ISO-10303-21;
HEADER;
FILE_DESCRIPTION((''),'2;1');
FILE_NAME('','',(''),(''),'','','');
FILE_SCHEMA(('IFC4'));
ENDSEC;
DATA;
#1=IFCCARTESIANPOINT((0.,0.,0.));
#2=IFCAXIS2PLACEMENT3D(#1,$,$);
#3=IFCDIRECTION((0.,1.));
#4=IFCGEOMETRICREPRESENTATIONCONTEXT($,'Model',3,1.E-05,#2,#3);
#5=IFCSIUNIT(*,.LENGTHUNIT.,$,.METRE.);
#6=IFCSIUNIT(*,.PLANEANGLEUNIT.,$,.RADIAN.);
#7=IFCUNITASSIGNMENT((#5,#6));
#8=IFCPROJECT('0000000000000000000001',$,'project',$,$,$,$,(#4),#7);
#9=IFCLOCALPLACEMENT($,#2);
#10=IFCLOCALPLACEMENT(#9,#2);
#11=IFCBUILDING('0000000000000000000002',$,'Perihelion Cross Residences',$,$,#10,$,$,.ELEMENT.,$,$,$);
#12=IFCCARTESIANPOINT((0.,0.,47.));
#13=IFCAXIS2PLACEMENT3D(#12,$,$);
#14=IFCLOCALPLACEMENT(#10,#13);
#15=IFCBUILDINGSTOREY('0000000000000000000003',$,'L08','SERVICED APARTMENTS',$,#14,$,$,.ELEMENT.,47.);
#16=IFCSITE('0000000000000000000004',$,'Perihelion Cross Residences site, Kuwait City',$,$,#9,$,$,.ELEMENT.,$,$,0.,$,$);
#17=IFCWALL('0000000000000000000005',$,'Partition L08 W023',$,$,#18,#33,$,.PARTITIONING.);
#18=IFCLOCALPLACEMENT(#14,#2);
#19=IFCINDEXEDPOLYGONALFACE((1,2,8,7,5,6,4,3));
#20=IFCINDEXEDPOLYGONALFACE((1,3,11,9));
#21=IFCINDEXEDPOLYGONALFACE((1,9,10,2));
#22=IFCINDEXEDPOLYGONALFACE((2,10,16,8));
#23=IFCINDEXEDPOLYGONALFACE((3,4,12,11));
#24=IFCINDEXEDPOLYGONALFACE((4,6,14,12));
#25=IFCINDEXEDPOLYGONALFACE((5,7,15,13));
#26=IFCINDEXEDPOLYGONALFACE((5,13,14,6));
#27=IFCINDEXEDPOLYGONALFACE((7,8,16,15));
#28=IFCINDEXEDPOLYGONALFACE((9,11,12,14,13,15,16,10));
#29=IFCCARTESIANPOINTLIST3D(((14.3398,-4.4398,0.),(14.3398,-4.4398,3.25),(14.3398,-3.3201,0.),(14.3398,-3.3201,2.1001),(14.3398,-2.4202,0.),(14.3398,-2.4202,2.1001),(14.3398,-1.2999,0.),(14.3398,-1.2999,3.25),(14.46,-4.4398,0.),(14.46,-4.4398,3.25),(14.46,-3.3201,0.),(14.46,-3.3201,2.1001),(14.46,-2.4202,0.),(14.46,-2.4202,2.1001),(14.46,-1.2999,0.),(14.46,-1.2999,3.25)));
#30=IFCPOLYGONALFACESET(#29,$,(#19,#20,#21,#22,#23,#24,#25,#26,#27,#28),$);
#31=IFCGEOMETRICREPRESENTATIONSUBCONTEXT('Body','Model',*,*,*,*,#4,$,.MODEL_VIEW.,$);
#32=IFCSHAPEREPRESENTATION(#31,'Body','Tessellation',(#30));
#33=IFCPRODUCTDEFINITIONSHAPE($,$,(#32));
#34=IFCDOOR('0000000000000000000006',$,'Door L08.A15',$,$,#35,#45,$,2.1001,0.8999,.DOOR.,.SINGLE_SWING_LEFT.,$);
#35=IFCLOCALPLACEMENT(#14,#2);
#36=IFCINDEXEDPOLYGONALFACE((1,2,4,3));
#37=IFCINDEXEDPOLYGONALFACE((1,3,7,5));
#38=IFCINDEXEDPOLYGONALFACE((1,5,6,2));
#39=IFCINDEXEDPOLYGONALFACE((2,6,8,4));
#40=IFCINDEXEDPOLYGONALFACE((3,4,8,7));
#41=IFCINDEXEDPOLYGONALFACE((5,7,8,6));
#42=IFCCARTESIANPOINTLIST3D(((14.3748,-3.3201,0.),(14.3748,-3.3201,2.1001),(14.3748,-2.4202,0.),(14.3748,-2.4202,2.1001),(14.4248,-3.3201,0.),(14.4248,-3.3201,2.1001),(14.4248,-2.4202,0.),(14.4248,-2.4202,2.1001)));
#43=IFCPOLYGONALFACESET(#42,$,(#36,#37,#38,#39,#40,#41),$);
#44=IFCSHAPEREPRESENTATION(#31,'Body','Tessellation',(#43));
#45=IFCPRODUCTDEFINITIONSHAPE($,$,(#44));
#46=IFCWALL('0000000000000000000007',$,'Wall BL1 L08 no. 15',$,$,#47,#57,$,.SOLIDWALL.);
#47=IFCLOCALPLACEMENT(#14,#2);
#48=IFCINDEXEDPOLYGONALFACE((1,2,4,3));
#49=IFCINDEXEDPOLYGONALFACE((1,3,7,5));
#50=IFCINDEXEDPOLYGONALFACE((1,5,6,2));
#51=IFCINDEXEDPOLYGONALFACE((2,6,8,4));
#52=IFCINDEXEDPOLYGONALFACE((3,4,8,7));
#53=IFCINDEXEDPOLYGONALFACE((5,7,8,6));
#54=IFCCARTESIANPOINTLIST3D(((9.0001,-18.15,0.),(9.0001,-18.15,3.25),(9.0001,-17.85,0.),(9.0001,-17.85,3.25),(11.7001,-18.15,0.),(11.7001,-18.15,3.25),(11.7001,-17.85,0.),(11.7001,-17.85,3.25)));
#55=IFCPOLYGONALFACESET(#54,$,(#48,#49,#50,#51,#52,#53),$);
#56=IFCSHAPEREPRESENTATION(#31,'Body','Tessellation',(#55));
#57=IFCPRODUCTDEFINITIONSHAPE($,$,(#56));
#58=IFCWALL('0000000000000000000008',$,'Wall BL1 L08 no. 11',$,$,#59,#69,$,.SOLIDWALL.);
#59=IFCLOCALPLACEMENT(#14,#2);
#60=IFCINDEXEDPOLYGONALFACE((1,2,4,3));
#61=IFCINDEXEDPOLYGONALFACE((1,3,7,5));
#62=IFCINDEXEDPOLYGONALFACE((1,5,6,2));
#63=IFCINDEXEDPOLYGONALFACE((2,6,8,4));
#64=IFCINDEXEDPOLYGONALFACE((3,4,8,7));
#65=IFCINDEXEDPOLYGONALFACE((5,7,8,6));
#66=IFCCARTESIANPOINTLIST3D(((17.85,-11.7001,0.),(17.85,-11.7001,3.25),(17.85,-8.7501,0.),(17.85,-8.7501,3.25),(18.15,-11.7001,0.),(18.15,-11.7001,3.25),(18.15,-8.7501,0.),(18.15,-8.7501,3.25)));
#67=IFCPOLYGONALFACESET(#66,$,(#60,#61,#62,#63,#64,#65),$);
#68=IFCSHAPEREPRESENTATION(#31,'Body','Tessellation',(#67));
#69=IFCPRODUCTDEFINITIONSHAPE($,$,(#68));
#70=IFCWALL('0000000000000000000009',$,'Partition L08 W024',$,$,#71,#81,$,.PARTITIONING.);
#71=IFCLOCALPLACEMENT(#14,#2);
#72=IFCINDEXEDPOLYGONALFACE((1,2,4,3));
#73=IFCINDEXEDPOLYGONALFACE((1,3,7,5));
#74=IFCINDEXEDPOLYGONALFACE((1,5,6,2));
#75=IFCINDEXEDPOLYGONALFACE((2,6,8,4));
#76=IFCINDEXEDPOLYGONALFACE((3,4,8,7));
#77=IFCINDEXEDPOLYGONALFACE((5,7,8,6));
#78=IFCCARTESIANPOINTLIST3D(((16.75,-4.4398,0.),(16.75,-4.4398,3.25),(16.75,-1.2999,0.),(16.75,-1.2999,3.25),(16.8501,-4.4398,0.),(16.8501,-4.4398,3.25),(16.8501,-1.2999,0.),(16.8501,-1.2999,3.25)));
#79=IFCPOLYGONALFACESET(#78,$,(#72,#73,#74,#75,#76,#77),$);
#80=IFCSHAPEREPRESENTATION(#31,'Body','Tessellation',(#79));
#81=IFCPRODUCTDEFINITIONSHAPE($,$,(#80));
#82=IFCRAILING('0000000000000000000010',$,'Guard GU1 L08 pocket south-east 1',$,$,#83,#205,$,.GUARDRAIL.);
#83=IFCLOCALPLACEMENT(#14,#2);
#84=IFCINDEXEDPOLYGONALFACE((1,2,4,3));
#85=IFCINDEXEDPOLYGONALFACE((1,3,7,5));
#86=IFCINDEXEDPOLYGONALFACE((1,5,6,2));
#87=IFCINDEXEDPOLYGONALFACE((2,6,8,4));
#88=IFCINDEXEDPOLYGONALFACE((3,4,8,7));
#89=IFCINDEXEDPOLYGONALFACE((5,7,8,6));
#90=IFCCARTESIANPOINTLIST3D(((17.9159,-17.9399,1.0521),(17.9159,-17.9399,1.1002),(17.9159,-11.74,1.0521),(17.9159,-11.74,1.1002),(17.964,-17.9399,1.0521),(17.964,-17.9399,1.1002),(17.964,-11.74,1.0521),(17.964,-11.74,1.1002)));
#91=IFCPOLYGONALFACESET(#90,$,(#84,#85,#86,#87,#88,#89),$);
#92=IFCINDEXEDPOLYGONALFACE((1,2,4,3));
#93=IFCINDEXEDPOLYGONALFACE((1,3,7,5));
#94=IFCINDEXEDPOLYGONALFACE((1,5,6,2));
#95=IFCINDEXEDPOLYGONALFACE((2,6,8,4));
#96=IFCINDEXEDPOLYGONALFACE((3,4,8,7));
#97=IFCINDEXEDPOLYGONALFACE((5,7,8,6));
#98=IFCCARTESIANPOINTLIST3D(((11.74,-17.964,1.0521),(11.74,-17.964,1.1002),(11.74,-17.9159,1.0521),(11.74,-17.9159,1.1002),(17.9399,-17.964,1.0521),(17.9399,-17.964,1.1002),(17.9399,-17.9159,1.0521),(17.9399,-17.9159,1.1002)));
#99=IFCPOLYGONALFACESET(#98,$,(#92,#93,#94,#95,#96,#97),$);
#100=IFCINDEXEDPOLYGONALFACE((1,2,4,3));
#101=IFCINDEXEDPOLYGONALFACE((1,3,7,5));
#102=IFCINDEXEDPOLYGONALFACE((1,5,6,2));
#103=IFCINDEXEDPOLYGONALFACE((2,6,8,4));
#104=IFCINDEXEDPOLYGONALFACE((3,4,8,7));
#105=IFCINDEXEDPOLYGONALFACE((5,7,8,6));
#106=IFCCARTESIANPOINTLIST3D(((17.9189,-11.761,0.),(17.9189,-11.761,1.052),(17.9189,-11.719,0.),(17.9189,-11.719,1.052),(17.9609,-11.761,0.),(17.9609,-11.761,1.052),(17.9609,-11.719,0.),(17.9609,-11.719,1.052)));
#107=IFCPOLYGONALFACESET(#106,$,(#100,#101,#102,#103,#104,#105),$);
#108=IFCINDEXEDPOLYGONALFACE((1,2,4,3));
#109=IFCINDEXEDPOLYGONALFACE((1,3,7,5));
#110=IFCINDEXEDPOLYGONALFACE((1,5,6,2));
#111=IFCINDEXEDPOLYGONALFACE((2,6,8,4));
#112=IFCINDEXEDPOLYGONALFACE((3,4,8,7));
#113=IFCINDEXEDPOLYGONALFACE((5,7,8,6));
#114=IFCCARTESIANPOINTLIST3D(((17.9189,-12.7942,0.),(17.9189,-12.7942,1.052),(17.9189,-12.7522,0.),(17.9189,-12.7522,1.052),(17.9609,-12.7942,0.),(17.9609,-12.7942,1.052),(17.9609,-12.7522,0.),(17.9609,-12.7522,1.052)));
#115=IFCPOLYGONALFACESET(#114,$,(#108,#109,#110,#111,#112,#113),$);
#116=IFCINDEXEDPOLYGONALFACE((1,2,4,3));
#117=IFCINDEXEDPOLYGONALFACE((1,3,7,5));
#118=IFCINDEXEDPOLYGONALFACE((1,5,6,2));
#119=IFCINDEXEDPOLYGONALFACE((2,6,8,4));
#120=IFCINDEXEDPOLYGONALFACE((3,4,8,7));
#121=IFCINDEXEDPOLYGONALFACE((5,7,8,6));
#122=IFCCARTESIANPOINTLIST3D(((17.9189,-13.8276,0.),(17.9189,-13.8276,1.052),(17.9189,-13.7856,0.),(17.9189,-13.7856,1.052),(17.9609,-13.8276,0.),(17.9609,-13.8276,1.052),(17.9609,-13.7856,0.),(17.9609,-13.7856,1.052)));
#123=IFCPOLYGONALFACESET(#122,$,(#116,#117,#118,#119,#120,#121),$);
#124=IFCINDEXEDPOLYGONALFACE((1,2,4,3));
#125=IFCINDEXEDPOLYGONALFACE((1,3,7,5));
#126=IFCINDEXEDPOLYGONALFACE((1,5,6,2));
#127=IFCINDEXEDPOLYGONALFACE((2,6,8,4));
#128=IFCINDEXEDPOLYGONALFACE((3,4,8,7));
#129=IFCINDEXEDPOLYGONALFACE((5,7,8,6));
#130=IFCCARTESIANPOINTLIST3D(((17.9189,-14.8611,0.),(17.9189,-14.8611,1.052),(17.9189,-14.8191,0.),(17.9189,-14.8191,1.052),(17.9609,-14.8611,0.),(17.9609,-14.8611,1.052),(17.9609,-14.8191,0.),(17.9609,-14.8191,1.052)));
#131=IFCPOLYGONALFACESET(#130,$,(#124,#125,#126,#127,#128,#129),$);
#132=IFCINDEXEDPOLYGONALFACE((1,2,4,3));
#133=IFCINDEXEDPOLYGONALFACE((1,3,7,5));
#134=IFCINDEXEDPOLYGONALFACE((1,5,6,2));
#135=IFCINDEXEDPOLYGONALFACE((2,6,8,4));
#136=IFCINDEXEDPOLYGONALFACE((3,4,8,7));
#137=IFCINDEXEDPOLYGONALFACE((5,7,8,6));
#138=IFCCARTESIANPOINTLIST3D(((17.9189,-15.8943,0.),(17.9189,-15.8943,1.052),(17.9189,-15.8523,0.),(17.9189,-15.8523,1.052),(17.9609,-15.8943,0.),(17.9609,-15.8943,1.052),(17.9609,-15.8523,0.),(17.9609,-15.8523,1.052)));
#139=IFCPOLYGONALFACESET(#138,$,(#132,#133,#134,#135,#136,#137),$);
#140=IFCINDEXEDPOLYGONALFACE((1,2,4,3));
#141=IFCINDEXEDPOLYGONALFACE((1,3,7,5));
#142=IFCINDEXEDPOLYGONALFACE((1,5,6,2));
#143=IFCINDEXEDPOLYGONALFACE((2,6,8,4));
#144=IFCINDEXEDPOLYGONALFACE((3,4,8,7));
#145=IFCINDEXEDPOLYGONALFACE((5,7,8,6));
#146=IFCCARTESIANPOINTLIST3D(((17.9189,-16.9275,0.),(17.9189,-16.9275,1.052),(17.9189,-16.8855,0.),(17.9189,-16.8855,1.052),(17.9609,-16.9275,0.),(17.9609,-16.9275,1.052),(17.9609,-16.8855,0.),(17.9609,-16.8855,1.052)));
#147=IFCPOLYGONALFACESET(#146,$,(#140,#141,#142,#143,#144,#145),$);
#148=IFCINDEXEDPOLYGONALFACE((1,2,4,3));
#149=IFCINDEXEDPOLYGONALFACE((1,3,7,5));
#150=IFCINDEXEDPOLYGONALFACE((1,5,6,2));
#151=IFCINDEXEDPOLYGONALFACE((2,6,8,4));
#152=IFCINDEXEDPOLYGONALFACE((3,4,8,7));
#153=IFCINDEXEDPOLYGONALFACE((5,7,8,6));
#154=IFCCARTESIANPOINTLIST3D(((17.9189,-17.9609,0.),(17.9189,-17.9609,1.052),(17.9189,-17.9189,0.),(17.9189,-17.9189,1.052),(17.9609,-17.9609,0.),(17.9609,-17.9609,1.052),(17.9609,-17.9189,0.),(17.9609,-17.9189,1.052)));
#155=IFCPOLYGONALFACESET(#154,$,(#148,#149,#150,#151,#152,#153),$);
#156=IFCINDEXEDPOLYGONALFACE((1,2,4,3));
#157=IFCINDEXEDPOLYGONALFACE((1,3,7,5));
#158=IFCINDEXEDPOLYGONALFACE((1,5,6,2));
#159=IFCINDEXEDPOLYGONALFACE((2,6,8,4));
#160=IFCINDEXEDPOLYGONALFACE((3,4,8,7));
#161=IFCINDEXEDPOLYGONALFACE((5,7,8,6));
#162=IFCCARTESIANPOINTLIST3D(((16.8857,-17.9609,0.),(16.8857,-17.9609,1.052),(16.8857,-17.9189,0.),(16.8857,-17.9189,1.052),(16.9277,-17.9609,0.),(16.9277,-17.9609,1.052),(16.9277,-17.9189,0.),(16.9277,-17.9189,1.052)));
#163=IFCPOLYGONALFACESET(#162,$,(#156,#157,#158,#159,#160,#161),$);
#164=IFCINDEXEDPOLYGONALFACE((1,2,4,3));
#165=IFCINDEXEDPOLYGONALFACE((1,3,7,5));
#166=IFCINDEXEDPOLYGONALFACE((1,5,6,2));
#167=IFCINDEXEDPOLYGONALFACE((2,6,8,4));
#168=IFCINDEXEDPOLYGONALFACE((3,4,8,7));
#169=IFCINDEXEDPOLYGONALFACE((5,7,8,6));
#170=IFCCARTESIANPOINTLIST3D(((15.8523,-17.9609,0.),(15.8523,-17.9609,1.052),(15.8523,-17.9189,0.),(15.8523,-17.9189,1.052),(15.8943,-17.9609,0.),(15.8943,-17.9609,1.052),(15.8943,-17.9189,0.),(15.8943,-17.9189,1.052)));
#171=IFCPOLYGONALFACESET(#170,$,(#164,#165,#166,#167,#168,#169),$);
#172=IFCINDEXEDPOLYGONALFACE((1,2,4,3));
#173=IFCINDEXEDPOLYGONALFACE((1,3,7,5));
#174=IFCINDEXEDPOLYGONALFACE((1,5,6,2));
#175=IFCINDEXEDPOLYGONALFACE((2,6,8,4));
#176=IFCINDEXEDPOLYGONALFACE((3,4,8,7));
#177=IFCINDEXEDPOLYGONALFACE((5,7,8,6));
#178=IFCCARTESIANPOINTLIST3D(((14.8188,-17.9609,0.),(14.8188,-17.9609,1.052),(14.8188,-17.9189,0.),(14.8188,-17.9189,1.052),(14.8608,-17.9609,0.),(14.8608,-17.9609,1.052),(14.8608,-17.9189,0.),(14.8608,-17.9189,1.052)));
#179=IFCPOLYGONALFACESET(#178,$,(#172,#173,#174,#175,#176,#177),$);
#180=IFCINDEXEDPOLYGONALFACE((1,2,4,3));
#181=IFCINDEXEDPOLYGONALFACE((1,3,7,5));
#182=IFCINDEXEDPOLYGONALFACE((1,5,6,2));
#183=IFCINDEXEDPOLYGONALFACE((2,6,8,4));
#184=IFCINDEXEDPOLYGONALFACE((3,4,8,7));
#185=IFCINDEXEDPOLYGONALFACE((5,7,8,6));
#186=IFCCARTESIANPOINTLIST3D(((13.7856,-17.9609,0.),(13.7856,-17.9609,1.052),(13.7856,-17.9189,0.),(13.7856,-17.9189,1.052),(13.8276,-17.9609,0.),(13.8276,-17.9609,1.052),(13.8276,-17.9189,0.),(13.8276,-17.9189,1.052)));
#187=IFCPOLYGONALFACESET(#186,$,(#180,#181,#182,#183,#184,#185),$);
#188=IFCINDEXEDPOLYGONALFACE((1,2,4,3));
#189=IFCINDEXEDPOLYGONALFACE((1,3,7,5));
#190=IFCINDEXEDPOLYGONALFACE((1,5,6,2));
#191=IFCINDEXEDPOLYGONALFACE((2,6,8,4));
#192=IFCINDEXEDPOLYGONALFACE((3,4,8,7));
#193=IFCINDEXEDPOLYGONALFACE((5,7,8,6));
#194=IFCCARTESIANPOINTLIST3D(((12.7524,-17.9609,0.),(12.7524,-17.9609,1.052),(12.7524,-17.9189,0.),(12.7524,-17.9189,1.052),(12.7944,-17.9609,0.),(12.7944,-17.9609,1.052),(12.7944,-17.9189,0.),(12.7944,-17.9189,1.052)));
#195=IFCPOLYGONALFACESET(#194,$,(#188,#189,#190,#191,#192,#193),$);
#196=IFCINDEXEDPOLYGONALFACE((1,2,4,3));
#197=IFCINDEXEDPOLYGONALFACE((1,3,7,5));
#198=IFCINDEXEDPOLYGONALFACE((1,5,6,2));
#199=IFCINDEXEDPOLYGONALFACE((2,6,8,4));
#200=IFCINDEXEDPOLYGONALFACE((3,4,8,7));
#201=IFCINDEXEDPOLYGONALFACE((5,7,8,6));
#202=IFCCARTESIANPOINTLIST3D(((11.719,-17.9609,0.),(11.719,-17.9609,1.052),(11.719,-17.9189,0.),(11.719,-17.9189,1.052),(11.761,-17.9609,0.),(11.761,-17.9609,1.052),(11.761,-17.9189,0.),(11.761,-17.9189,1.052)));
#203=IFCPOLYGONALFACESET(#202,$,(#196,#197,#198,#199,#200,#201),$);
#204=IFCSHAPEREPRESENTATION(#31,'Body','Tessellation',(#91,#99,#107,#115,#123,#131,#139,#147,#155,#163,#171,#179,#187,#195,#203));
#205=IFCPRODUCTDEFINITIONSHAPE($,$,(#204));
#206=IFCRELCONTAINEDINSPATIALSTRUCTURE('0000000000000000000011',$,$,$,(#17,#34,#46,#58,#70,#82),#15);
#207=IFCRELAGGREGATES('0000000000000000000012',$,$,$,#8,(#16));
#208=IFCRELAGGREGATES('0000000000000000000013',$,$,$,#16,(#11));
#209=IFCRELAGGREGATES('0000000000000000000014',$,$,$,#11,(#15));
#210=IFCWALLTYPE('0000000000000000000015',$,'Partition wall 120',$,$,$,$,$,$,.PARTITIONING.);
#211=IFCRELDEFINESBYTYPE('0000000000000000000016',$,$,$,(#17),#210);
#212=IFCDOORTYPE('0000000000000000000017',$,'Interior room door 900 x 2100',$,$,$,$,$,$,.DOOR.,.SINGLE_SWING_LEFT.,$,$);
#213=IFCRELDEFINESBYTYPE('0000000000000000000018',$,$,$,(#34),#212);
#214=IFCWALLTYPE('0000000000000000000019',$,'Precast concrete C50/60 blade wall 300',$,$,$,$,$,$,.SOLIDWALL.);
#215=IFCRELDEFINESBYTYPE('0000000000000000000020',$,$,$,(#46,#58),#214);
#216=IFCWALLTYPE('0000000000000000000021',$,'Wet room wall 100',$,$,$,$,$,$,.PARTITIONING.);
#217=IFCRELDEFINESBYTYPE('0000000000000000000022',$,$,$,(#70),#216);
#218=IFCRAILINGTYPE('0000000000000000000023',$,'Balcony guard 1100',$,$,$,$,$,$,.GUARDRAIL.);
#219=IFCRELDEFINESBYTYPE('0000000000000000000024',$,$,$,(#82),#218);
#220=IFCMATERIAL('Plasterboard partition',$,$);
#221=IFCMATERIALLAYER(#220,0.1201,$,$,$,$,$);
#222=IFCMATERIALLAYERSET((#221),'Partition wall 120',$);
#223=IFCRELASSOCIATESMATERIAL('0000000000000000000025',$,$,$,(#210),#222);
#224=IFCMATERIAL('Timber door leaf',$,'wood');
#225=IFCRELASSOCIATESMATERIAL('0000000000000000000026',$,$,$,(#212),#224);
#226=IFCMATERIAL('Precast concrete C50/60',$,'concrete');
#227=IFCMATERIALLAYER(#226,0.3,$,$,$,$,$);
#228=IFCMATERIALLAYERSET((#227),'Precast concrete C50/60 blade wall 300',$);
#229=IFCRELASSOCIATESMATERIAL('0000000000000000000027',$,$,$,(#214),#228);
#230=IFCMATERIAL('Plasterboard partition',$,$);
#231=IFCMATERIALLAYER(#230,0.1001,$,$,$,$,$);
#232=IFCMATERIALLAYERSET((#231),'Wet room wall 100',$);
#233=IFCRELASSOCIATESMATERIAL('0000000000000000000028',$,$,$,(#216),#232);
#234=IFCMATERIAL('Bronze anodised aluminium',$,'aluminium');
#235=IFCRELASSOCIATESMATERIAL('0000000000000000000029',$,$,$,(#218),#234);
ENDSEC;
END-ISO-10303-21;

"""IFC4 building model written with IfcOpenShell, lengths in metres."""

from ifc_helpers import new_model, si_unit, direction, frame, frame_2d, origin, origin_2d, place, context, subcontext, project, spatial, rectangle, extrude, material, layer, layer_set, type_object, element, fill, save


model = new_model("IFC4")

# Units and contexts
model_context = context("Model", 3, precision=1e-05, world=origin(), true_north=direction((0.0, 1.0)))
body_context = subcontext(model_context, "Body", "Model", "MODEL_VIEW")
ifc_project = project(units=[si_unit("LENGTHUNIT", "METRE"), si_unit("PLANEANGLEUNIT", "RADIAN")], contexts=[model_context])

# Site, building, storey
site_placement = place(None, origin())
site = spatial("IfcSite", under=ifc_project, at=site_placement, Name="Perihelion Cross Residences site, Kuwait City", CompositionType="ELEMENT", RefElevation=0.0)
building_placement = place(site_placement, origin())
building = spatial("IfcBuilding", under=site, at=building_placement, Name="Perihelion Cross Residences", CompositionType="ELEMENT")
storey_placement = place(building_placement, frame((0.0, 0.0, 47.0)))
storey = spatial("IfcBuildingStorey", under=building, at=storey_placement, Name="L08", Description="SERVICED APARTMENTS", CompositionType="ELEMENT", Elevation=47.0)

# Wall, opening, door
ifc_material_1 = material(Name="Plasterboard partition")
ifc_layer_1 = layer(ifc_material_1, 0.1201)
ifc_layer_set_1 = layer_set([ifc_layer_1], Name="Partition wall 120")
wall_type_1 = type_object("IfcWallType", Name="Partition wall 120", PredefinedType="PARTITIONING", material=ifc_layer_set_1)
ifc_material_2 = material(Name="Timber door leaf", Category="wood")
door_type_1 = type_object("IfcDoorType", Name="Interior room door 900 x 2100", OperationType="SINGLE_SWING_LEFT", PredefinedType="DOOR", material=ifc_material_2)
wall_1_placement = place(storey_placement, frame((14.3999, -1.3, 0.0), z_axis=(0.0, 0.0, 1.0), x_axis=(0.0, -1.0, 0.0)))
wall_1 = element("IfcWall", 1, at=wall_1_placement, inside=storey, type_object=wall_type_1, Name="Partition L08 W023", PredefinedType="PARTITIONING", context=body_context, shape_type="SweptSolid", body=[
    extrude(rectangle(XDim=3.1399, YDim=0.1201, at=frame_2d((1.5698, 0.0))), origin(), (0.0, 0.0, 1.0), 3.25),
])
opening_1_placement = place(wall_1_placement, frame((1.1201, 0.0, 0.0)))
opening_1 = element("IfcOpeningElement", 2, at=opening_1_placement, cuts=wall_1, PredefinedType="OPENING", context=body_context, shape_type="SweptSolid", body=[
    extrude(rectangle(XDim=0.8999, YDim=2.1001, at=frame_2d((0.45, 1.05))), frame((0.0, 0.0701, 0.0), z_axis=(0.0, -1.0, 0.0), x_axis=(1.0, 0.0, 0.0)), (0.0, 0.0, 1.0), 0.1401),
])
door_1_placement = place(opening_1_placement, origin())
door_1 = element("IfcDoor", 3, at=door_1_placement, inside=storey, type_object=door_type_1, Name="Door L08.A15", OperationType="SINGLE_SWING_LEFT", OverallHeight=2.1001, OverallWidth=0.8999, PredefinedType="DOOR", context=body_context, shape_type="SweptSolid", body=[
    extrude(rectangle(XDim=0.8999, YDim=2.1001, at=frame_2d((0.45, 1.05))), frame((0.0, 0.0249, 0.0), z_axis=(0.0, -1.0, 0.0), x_axis=(1.0, 0.0, 0.0)), (0.0, 0.0, 1.0), 0.05),
])
fill(opening_1, door_1)

# Walls
ifc_material_3 = material(Name="Precast concrete C50/60", Category="concrete")
ifc_layer_2 = layer(ifc_material_3, 0.3)
ifc_layer_set_2 = layer_set([ifc_layer_2], Name="Precast concrete C50/60 blade wall 300")
wall_type_2 = type_object("IfcWallType", Name="Precast concrete C50/60 blade wall 300", PredefinedType="SOLIDWALL", material=ifc_layer_set_2)
wall_2_placement = place(storey_placement, frame((9.0, -18.0, 0.0), z_axis=(0.0, 0.0, 1.0), x_axis=(1.0, 0.0, 0.0)))
element("IfcWall", 4, at=wall_2_placement, inside=storey, type_object=wall_type_2, Name="Wall BL1 L08 no. 15", PredefinedType="SOLIDWALL", context=body_context, shape_type="SweptSolid", body=[
    extrude(rectangle(XDim=2.7, YDim=0.3, at=frame_2d((1.3501, 0.0))), origin(), (0.0, 0.0, 1.0), 3.25),
])
wall_3_placement = place(storey_placement, frame((18.0, -8.75, 0.0), z_axis=(0.0, 0.0, 1.0), x_axis=(0.0, -1.0, 0.0)))
element("IfcWall", 5, at=wall_3_placement, inside=storey, type_object=wall_type_2, Name="Wall BL1 L08 no. 11", PredefinedType="SOLIDWALL", context=body_context, shape_type="SweptSolid", body=[
    extrude(rectangle(XDim=2.95, YDim=0.3, at=frame_2d((1.4751, 0.0))), origin(), (0.0, 0.0, 1.0), 3.25),
])
ifc_material_4 = material(Name="Plasterboard partition")
ifc_layer_3 = layer(ifc_material_4, 0.1001)
ifc_layer_set_3 = layer_set([ifc_layer_3], Name="Wet room wall 100")
wall_type_3 = type_object("IfcWallType", Name="Wet room wall 100", PredefinedType="PARTITIONING", material=ifc_layer_set_3)
wall_4_placement = place(storey_placement, frame((16.8, -1.3, 0.0), z_axis=(0.0, 0.0, 1.0), x_axis=(0.0, -1.0, 0.0)))
element("IfcWall", 6, at=wall_4_placement, inside=storey, type_object=wall_type_3, Name="Partition L08 W024", PredefinedType="PARTITIONING", context=body_context, shape_type="SweptSolid", body=[
    extrude(rectangle(XDim=3.1399, YDim=0.1001, at=frame_2d((1.5698, 0.0))), origin(), (0.0, 0.0, 1.0), 3.25),
])

# Railing
ifc_material_5 = material(Name="Bronze anodised aluminium", Category="aluminium")
railing_type = type_object("IfcRailingType", Name="Balcony guard 1100", PredefinedType="GUARDRAIL", material=ifc_material_5)
railing_1_placement = place(storey_placement, frame((17.9399, -11.74, 0.0)))
element("IfcRailing", 7, at=railing_1_placement, inside=storey, type_object=railing_type, Name="Guard GU1 L08 pocket south-east 1", PredefinedType="GUARDRAIL", context=body_context, shape_type="SweptSolid", body=[
    extrude(rectangle(XDim=0.0481, YDim=0.0481, at=origin_2d()), frame((0.0, 0.0, 1.0762), z_axis=(0.0, -1.0, 0.0), x_axis=(1.0, 0.0, 0.0)), (0.0, 0.0, 1.0), 6.2),
    extrude(rectangle(XDim=0.0481, YDim=0.0481, at=origin_2d()), frame((0.0, -6.2, 1.0762), z_axis=(-1.0, 0.0, 0.0), x_axis=(0.0, -1.0, 0.0)), (0.0, 0.0, 1.0), 6.2),
    extrude(rectangle(XDim=0.042, YDim=0.042, at=origin_2d()), origin(), (0.0, 0.0, 1.0), 1.052),
    extrude(rectangle(XDim=0.042, YDim=0.042, at=origin_2d()), frame((0.0, -1.0332, 0.0)), (0.0, 0.0, 1.0), 1.052),
    extrude(rectangle(XDim=0.042, YDim=0.042, at=origin_2d()), frame((0.0, -2.0667, 0.0)), (0.0, 0.0, 1.0), 1.052),
    extrude(rectangle(XDim=0.042, YDim=0.042, at=origin_2d()), frame((0.0, -3.1001, 0.0)), (0.0, 0.0, 1.0), 1.052),
    extrude(rectangle(XDim=0.042, YDim=0.042, at=origin_2d()), frame((0.0, -4.1333, 0.0)), (0.0, 0.0, 1.0), 1.052),
    extrude(rectangle(XDim=0.042, YDim=0.042, at=origin_2d()), frame((0.0, -5.1665, 0.0)), (0.0, 0.0, 1.0), 1.052),
    extrude(rectangle(XDim=0.042, YDim=0.042, at=origin_2d()), frame((0.0, -6.2, 0.0)), (0.0, 0.0, 1.0), 1.052),
    extrude(rectangle(XDim=0.042, YDim=0.042, at=origin_2d()), frame((-1.0332, -6.2, 0.0)), (0.0, 0.0, 1.0), 1.052),
    extrude(rectangle(XDim=0.042, YDim=0.042, at=origin_2d()), frame((-2.0667, -6.2, 0.0)), (0.0, 0.0, 1.0), 1.052),
    extrude(rectangle(XDim=0.042, YDim=0.042, at=origin_2d()), frame((-3.1001, -6.2, 0.0)), (0.0, 0.0, 1.0), 1.052),
    extrude(rectangle(XDim=0.042, YDim=0.042, at=origin_2d()), frame((-4.1333, -6.2, 0.0)), (0.0, 0.0, 1.0), 1.052),
    extrude(rectangle(XDim=0.042, YDim=0.042, at=origin_2d()), frame((-5.1665, -6.2, 0.0)), (0.0, 0.0, 1.0), 1.052),
    extrude(rectangle(XDim=0.042, YDim=0.042, at=origin_2d()), frame((-6.2, -6.2, 0.0)), (0.0, 0.0, 1.0), 1.052),
])

save(model, "model.ifc")
